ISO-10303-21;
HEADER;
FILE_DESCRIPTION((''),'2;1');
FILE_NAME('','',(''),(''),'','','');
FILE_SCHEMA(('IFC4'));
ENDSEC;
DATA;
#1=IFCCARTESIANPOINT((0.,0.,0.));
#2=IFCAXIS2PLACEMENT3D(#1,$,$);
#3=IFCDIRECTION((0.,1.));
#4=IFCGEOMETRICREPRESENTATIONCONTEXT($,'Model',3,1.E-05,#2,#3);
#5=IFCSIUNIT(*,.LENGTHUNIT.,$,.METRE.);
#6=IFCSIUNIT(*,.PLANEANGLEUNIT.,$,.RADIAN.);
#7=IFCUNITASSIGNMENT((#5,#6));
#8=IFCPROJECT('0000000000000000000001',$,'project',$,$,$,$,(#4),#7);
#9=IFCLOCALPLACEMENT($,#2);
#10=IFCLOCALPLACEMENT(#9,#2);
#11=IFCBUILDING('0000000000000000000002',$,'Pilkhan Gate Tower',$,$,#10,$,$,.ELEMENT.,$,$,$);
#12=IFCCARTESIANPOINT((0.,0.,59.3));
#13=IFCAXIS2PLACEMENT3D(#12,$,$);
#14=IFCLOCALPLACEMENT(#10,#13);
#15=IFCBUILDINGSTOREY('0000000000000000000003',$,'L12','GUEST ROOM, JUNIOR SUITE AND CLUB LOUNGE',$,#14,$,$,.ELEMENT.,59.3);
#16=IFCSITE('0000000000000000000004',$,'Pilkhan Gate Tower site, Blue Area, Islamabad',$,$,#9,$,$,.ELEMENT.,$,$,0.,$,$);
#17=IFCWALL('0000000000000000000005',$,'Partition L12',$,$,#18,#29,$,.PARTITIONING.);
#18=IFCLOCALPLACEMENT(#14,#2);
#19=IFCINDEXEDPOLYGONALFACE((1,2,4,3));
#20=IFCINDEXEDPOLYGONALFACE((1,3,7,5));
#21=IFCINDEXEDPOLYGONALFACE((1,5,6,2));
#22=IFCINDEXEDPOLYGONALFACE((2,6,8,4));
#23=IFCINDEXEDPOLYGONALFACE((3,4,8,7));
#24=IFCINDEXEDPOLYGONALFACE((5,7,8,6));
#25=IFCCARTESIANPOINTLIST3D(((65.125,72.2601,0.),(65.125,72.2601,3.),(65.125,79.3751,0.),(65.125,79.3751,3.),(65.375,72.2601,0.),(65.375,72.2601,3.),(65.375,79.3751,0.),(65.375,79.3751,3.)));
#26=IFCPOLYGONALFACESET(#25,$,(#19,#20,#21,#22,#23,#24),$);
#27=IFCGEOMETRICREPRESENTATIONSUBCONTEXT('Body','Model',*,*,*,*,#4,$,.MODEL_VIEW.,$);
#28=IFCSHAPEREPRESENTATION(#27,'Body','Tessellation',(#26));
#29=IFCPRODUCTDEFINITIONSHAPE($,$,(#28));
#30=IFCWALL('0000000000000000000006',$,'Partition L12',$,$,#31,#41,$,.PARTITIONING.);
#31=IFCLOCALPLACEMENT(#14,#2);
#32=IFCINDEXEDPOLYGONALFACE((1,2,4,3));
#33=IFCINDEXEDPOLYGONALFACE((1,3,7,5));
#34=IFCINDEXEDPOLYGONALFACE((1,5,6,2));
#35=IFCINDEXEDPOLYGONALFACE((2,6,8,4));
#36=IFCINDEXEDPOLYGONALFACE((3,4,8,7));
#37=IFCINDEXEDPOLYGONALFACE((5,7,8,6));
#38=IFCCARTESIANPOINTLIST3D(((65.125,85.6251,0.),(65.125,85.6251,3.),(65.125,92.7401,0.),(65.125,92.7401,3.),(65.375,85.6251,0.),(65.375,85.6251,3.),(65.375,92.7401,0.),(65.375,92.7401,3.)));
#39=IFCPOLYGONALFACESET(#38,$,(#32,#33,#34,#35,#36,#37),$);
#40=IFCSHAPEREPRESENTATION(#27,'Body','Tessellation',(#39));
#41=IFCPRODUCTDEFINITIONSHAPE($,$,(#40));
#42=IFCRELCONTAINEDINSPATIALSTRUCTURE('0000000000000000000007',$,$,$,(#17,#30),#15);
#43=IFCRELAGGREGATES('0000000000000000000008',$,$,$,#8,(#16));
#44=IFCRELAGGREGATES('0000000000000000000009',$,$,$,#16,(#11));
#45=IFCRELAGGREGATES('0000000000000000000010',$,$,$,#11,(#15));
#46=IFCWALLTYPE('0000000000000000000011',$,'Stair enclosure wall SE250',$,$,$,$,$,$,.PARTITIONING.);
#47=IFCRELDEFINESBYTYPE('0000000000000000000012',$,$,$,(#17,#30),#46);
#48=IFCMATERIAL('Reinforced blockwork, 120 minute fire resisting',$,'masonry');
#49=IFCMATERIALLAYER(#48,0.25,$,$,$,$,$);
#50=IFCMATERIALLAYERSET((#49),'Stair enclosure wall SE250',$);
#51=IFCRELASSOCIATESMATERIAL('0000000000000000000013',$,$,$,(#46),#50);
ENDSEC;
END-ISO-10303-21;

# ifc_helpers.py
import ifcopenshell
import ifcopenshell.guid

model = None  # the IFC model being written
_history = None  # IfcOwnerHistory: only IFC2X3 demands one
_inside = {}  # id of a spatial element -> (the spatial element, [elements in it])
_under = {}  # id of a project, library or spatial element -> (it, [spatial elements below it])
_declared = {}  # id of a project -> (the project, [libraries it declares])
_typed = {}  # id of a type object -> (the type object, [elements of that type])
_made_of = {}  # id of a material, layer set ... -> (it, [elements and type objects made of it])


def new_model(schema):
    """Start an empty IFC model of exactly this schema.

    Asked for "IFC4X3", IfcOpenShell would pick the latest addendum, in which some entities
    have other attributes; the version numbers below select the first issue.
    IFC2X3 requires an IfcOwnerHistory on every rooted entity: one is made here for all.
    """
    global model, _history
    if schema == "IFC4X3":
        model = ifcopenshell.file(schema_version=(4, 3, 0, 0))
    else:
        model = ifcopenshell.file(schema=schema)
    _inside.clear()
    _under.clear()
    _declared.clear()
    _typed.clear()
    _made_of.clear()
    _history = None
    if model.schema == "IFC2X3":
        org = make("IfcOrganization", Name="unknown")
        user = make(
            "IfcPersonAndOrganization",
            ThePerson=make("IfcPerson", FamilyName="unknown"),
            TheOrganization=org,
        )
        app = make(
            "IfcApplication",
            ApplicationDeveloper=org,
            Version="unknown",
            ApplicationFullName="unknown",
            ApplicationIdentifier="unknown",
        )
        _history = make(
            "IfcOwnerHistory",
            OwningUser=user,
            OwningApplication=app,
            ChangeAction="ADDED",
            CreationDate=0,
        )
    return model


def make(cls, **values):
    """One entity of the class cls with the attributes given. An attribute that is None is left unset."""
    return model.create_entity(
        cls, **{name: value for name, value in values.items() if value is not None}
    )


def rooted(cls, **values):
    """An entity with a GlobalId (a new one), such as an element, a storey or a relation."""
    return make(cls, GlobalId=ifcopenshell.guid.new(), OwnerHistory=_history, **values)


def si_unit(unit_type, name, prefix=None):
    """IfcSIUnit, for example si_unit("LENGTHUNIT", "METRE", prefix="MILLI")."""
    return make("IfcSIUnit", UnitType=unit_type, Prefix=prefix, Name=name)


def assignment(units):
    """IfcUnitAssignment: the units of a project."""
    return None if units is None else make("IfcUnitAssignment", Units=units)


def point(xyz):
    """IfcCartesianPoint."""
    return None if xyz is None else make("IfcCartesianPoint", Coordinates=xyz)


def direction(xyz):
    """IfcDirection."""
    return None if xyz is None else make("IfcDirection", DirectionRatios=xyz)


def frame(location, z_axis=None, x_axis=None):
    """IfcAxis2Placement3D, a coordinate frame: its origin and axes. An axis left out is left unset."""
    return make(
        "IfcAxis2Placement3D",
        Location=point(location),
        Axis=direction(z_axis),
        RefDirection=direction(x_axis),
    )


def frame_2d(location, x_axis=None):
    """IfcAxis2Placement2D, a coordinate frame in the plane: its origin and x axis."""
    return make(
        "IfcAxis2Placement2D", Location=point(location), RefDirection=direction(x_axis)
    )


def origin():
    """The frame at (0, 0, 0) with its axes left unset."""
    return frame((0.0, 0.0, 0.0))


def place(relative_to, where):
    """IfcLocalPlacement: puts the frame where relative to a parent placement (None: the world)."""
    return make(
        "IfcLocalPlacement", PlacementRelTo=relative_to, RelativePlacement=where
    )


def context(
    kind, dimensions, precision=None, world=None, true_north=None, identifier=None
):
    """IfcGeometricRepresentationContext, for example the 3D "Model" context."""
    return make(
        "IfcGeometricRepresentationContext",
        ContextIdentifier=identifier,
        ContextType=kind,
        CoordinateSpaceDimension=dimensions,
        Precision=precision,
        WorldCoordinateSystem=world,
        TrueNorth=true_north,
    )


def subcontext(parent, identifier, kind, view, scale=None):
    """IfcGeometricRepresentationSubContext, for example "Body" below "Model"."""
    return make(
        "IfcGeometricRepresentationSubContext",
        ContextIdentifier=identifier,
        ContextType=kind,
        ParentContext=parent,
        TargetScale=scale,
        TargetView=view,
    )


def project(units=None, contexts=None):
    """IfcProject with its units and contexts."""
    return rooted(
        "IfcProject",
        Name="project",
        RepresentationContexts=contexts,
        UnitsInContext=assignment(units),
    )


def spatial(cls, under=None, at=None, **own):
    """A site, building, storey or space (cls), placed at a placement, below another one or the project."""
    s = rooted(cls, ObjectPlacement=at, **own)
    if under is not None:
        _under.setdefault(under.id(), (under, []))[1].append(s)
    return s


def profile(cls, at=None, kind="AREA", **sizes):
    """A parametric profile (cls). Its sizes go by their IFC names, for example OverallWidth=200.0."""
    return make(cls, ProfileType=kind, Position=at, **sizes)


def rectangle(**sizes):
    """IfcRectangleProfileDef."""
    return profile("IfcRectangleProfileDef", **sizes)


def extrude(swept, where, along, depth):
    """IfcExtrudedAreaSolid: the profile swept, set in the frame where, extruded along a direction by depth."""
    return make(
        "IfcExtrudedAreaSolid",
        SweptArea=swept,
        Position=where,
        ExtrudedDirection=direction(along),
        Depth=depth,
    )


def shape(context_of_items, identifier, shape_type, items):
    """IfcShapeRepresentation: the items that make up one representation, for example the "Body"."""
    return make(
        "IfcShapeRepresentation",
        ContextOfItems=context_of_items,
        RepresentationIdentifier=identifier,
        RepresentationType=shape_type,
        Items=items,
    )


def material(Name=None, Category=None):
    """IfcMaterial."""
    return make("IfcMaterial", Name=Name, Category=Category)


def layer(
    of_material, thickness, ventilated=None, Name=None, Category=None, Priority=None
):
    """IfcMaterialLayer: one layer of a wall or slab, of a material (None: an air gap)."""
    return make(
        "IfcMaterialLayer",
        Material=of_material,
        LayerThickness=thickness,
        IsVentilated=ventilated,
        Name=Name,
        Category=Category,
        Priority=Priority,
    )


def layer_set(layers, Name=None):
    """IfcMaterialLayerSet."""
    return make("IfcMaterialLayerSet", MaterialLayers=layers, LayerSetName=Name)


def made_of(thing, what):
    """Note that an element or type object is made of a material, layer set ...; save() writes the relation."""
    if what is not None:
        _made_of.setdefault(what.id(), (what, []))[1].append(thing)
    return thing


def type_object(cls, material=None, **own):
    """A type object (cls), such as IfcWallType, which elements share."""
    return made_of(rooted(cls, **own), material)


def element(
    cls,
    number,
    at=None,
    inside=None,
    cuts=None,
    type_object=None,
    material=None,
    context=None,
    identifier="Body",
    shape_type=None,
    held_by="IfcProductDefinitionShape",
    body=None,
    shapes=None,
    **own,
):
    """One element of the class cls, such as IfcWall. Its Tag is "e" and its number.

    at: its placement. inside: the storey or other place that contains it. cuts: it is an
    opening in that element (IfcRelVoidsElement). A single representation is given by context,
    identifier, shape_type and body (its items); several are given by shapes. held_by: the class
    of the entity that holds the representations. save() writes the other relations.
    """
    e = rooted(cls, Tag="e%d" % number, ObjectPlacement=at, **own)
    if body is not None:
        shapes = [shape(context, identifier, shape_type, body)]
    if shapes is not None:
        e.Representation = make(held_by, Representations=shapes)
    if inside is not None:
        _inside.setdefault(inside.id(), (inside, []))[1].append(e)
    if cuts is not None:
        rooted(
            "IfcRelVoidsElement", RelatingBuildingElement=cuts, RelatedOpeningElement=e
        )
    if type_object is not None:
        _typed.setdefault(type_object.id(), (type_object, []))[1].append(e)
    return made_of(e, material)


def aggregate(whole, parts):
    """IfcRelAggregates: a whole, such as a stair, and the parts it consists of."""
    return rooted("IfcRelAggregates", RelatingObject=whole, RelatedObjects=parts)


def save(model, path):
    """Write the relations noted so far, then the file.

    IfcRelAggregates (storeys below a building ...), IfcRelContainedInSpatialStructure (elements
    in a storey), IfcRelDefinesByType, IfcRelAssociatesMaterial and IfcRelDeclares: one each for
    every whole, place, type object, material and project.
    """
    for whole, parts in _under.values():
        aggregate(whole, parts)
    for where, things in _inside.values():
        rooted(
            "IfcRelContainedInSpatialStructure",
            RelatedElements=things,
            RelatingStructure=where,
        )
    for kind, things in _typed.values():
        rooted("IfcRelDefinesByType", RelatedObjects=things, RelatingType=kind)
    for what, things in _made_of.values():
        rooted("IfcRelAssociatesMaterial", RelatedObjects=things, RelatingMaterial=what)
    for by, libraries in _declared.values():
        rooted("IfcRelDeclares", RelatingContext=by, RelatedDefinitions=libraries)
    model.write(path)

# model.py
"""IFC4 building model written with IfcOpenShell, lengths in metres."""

from ifc_helpers import new_model, si_unit, direction, frame, frame_2d, origin, place, context, subcontext, project, spatial, rectangle, extrude, material, layer, layer_set, type_object, element, save


model = new_model("IFC4")

# Units and contexts
model_context = context("Model", 3, precision=1e-05, world=origin(), true_north=direction((0.0, 1.0)))
body_context = subcontext(model_context, "Body", "Model", "MODEL_VIEW")
ifc_project = project(units=[si_unit("LENGTHUNIT", "METRE"), si_unit("PLANEANGLEUNIT", "RADIAN")], contexts=[model_context])

# Site, building, storey
site_placement = place(None, origin())
site = spatial("IfcSite", under=ifc_project, at=site_placement, Name="Pilkhan Gate Tower site, Blue Area, Islamabad", CompositionType="ELEMENT", RefElevation=0.0)
building_placement = place(site_placement, origin())
building = spatial("IfcBuilding", under=site, at=building_placement, Name="Pilkhan Gate Tower", CompositionType="ELEMENT")
storey_placement = place(building_placement, frame((0.0, 0.0, 59.3)))
storey = spatial("IfcBuildingStorey", under=building, at=storey_placement, Name="L12", Description="GUEST ROOM, JUNIOR SUITE AND CLUB LOUNGE", CompositionType="ELEMENT", Elevation=59.3)

# Walls
ifc_material_1 = material(Name="Reinforced blockwork, 120 minute fire resisting", Category="masonry")
ifc_layer_1 = layer(ifc_material_1, 0.25)
ifc_layer_set_1 = layer_set([ifc_layer_1], Name="Stair enclosure wall SE250")
wall_type_1 = type_object("IfcWallType", Name="Stair enclosure wall SE250", PredefinedType="PARTITIONING", material=ifc_layer_set_1)
for number, where, z_axis, x_axis, name in (
    (1, (65.25, 72.26, 0.0), (0.0, 0.0, 1.0), (0.0, 1.0, 0.0), "Partition L12"),
    (2, (65.25, 85.625, 0.0), (0.0, 0.0, 1.0), (0.0, 1.0, 0.0), "Partition L12"),
):
    element("IfcWall", number, at=place(storey_placement, frame(where, z_axis=z_axis, x_axis=x_axis)), inside=storey, type_object=wall_type_1, Name=name, PredefinedType="PARTITIONING", context=body_context, shape_type="SweptSolid", body=[
        extrude(rectangle(XDim=7.115, YDim=0.25, at=frame_2d((3.5576, 0.0))), origin(), (0.0, 0.0, 1.0), 3.0),
    ])

save(model, "model.ifc")
